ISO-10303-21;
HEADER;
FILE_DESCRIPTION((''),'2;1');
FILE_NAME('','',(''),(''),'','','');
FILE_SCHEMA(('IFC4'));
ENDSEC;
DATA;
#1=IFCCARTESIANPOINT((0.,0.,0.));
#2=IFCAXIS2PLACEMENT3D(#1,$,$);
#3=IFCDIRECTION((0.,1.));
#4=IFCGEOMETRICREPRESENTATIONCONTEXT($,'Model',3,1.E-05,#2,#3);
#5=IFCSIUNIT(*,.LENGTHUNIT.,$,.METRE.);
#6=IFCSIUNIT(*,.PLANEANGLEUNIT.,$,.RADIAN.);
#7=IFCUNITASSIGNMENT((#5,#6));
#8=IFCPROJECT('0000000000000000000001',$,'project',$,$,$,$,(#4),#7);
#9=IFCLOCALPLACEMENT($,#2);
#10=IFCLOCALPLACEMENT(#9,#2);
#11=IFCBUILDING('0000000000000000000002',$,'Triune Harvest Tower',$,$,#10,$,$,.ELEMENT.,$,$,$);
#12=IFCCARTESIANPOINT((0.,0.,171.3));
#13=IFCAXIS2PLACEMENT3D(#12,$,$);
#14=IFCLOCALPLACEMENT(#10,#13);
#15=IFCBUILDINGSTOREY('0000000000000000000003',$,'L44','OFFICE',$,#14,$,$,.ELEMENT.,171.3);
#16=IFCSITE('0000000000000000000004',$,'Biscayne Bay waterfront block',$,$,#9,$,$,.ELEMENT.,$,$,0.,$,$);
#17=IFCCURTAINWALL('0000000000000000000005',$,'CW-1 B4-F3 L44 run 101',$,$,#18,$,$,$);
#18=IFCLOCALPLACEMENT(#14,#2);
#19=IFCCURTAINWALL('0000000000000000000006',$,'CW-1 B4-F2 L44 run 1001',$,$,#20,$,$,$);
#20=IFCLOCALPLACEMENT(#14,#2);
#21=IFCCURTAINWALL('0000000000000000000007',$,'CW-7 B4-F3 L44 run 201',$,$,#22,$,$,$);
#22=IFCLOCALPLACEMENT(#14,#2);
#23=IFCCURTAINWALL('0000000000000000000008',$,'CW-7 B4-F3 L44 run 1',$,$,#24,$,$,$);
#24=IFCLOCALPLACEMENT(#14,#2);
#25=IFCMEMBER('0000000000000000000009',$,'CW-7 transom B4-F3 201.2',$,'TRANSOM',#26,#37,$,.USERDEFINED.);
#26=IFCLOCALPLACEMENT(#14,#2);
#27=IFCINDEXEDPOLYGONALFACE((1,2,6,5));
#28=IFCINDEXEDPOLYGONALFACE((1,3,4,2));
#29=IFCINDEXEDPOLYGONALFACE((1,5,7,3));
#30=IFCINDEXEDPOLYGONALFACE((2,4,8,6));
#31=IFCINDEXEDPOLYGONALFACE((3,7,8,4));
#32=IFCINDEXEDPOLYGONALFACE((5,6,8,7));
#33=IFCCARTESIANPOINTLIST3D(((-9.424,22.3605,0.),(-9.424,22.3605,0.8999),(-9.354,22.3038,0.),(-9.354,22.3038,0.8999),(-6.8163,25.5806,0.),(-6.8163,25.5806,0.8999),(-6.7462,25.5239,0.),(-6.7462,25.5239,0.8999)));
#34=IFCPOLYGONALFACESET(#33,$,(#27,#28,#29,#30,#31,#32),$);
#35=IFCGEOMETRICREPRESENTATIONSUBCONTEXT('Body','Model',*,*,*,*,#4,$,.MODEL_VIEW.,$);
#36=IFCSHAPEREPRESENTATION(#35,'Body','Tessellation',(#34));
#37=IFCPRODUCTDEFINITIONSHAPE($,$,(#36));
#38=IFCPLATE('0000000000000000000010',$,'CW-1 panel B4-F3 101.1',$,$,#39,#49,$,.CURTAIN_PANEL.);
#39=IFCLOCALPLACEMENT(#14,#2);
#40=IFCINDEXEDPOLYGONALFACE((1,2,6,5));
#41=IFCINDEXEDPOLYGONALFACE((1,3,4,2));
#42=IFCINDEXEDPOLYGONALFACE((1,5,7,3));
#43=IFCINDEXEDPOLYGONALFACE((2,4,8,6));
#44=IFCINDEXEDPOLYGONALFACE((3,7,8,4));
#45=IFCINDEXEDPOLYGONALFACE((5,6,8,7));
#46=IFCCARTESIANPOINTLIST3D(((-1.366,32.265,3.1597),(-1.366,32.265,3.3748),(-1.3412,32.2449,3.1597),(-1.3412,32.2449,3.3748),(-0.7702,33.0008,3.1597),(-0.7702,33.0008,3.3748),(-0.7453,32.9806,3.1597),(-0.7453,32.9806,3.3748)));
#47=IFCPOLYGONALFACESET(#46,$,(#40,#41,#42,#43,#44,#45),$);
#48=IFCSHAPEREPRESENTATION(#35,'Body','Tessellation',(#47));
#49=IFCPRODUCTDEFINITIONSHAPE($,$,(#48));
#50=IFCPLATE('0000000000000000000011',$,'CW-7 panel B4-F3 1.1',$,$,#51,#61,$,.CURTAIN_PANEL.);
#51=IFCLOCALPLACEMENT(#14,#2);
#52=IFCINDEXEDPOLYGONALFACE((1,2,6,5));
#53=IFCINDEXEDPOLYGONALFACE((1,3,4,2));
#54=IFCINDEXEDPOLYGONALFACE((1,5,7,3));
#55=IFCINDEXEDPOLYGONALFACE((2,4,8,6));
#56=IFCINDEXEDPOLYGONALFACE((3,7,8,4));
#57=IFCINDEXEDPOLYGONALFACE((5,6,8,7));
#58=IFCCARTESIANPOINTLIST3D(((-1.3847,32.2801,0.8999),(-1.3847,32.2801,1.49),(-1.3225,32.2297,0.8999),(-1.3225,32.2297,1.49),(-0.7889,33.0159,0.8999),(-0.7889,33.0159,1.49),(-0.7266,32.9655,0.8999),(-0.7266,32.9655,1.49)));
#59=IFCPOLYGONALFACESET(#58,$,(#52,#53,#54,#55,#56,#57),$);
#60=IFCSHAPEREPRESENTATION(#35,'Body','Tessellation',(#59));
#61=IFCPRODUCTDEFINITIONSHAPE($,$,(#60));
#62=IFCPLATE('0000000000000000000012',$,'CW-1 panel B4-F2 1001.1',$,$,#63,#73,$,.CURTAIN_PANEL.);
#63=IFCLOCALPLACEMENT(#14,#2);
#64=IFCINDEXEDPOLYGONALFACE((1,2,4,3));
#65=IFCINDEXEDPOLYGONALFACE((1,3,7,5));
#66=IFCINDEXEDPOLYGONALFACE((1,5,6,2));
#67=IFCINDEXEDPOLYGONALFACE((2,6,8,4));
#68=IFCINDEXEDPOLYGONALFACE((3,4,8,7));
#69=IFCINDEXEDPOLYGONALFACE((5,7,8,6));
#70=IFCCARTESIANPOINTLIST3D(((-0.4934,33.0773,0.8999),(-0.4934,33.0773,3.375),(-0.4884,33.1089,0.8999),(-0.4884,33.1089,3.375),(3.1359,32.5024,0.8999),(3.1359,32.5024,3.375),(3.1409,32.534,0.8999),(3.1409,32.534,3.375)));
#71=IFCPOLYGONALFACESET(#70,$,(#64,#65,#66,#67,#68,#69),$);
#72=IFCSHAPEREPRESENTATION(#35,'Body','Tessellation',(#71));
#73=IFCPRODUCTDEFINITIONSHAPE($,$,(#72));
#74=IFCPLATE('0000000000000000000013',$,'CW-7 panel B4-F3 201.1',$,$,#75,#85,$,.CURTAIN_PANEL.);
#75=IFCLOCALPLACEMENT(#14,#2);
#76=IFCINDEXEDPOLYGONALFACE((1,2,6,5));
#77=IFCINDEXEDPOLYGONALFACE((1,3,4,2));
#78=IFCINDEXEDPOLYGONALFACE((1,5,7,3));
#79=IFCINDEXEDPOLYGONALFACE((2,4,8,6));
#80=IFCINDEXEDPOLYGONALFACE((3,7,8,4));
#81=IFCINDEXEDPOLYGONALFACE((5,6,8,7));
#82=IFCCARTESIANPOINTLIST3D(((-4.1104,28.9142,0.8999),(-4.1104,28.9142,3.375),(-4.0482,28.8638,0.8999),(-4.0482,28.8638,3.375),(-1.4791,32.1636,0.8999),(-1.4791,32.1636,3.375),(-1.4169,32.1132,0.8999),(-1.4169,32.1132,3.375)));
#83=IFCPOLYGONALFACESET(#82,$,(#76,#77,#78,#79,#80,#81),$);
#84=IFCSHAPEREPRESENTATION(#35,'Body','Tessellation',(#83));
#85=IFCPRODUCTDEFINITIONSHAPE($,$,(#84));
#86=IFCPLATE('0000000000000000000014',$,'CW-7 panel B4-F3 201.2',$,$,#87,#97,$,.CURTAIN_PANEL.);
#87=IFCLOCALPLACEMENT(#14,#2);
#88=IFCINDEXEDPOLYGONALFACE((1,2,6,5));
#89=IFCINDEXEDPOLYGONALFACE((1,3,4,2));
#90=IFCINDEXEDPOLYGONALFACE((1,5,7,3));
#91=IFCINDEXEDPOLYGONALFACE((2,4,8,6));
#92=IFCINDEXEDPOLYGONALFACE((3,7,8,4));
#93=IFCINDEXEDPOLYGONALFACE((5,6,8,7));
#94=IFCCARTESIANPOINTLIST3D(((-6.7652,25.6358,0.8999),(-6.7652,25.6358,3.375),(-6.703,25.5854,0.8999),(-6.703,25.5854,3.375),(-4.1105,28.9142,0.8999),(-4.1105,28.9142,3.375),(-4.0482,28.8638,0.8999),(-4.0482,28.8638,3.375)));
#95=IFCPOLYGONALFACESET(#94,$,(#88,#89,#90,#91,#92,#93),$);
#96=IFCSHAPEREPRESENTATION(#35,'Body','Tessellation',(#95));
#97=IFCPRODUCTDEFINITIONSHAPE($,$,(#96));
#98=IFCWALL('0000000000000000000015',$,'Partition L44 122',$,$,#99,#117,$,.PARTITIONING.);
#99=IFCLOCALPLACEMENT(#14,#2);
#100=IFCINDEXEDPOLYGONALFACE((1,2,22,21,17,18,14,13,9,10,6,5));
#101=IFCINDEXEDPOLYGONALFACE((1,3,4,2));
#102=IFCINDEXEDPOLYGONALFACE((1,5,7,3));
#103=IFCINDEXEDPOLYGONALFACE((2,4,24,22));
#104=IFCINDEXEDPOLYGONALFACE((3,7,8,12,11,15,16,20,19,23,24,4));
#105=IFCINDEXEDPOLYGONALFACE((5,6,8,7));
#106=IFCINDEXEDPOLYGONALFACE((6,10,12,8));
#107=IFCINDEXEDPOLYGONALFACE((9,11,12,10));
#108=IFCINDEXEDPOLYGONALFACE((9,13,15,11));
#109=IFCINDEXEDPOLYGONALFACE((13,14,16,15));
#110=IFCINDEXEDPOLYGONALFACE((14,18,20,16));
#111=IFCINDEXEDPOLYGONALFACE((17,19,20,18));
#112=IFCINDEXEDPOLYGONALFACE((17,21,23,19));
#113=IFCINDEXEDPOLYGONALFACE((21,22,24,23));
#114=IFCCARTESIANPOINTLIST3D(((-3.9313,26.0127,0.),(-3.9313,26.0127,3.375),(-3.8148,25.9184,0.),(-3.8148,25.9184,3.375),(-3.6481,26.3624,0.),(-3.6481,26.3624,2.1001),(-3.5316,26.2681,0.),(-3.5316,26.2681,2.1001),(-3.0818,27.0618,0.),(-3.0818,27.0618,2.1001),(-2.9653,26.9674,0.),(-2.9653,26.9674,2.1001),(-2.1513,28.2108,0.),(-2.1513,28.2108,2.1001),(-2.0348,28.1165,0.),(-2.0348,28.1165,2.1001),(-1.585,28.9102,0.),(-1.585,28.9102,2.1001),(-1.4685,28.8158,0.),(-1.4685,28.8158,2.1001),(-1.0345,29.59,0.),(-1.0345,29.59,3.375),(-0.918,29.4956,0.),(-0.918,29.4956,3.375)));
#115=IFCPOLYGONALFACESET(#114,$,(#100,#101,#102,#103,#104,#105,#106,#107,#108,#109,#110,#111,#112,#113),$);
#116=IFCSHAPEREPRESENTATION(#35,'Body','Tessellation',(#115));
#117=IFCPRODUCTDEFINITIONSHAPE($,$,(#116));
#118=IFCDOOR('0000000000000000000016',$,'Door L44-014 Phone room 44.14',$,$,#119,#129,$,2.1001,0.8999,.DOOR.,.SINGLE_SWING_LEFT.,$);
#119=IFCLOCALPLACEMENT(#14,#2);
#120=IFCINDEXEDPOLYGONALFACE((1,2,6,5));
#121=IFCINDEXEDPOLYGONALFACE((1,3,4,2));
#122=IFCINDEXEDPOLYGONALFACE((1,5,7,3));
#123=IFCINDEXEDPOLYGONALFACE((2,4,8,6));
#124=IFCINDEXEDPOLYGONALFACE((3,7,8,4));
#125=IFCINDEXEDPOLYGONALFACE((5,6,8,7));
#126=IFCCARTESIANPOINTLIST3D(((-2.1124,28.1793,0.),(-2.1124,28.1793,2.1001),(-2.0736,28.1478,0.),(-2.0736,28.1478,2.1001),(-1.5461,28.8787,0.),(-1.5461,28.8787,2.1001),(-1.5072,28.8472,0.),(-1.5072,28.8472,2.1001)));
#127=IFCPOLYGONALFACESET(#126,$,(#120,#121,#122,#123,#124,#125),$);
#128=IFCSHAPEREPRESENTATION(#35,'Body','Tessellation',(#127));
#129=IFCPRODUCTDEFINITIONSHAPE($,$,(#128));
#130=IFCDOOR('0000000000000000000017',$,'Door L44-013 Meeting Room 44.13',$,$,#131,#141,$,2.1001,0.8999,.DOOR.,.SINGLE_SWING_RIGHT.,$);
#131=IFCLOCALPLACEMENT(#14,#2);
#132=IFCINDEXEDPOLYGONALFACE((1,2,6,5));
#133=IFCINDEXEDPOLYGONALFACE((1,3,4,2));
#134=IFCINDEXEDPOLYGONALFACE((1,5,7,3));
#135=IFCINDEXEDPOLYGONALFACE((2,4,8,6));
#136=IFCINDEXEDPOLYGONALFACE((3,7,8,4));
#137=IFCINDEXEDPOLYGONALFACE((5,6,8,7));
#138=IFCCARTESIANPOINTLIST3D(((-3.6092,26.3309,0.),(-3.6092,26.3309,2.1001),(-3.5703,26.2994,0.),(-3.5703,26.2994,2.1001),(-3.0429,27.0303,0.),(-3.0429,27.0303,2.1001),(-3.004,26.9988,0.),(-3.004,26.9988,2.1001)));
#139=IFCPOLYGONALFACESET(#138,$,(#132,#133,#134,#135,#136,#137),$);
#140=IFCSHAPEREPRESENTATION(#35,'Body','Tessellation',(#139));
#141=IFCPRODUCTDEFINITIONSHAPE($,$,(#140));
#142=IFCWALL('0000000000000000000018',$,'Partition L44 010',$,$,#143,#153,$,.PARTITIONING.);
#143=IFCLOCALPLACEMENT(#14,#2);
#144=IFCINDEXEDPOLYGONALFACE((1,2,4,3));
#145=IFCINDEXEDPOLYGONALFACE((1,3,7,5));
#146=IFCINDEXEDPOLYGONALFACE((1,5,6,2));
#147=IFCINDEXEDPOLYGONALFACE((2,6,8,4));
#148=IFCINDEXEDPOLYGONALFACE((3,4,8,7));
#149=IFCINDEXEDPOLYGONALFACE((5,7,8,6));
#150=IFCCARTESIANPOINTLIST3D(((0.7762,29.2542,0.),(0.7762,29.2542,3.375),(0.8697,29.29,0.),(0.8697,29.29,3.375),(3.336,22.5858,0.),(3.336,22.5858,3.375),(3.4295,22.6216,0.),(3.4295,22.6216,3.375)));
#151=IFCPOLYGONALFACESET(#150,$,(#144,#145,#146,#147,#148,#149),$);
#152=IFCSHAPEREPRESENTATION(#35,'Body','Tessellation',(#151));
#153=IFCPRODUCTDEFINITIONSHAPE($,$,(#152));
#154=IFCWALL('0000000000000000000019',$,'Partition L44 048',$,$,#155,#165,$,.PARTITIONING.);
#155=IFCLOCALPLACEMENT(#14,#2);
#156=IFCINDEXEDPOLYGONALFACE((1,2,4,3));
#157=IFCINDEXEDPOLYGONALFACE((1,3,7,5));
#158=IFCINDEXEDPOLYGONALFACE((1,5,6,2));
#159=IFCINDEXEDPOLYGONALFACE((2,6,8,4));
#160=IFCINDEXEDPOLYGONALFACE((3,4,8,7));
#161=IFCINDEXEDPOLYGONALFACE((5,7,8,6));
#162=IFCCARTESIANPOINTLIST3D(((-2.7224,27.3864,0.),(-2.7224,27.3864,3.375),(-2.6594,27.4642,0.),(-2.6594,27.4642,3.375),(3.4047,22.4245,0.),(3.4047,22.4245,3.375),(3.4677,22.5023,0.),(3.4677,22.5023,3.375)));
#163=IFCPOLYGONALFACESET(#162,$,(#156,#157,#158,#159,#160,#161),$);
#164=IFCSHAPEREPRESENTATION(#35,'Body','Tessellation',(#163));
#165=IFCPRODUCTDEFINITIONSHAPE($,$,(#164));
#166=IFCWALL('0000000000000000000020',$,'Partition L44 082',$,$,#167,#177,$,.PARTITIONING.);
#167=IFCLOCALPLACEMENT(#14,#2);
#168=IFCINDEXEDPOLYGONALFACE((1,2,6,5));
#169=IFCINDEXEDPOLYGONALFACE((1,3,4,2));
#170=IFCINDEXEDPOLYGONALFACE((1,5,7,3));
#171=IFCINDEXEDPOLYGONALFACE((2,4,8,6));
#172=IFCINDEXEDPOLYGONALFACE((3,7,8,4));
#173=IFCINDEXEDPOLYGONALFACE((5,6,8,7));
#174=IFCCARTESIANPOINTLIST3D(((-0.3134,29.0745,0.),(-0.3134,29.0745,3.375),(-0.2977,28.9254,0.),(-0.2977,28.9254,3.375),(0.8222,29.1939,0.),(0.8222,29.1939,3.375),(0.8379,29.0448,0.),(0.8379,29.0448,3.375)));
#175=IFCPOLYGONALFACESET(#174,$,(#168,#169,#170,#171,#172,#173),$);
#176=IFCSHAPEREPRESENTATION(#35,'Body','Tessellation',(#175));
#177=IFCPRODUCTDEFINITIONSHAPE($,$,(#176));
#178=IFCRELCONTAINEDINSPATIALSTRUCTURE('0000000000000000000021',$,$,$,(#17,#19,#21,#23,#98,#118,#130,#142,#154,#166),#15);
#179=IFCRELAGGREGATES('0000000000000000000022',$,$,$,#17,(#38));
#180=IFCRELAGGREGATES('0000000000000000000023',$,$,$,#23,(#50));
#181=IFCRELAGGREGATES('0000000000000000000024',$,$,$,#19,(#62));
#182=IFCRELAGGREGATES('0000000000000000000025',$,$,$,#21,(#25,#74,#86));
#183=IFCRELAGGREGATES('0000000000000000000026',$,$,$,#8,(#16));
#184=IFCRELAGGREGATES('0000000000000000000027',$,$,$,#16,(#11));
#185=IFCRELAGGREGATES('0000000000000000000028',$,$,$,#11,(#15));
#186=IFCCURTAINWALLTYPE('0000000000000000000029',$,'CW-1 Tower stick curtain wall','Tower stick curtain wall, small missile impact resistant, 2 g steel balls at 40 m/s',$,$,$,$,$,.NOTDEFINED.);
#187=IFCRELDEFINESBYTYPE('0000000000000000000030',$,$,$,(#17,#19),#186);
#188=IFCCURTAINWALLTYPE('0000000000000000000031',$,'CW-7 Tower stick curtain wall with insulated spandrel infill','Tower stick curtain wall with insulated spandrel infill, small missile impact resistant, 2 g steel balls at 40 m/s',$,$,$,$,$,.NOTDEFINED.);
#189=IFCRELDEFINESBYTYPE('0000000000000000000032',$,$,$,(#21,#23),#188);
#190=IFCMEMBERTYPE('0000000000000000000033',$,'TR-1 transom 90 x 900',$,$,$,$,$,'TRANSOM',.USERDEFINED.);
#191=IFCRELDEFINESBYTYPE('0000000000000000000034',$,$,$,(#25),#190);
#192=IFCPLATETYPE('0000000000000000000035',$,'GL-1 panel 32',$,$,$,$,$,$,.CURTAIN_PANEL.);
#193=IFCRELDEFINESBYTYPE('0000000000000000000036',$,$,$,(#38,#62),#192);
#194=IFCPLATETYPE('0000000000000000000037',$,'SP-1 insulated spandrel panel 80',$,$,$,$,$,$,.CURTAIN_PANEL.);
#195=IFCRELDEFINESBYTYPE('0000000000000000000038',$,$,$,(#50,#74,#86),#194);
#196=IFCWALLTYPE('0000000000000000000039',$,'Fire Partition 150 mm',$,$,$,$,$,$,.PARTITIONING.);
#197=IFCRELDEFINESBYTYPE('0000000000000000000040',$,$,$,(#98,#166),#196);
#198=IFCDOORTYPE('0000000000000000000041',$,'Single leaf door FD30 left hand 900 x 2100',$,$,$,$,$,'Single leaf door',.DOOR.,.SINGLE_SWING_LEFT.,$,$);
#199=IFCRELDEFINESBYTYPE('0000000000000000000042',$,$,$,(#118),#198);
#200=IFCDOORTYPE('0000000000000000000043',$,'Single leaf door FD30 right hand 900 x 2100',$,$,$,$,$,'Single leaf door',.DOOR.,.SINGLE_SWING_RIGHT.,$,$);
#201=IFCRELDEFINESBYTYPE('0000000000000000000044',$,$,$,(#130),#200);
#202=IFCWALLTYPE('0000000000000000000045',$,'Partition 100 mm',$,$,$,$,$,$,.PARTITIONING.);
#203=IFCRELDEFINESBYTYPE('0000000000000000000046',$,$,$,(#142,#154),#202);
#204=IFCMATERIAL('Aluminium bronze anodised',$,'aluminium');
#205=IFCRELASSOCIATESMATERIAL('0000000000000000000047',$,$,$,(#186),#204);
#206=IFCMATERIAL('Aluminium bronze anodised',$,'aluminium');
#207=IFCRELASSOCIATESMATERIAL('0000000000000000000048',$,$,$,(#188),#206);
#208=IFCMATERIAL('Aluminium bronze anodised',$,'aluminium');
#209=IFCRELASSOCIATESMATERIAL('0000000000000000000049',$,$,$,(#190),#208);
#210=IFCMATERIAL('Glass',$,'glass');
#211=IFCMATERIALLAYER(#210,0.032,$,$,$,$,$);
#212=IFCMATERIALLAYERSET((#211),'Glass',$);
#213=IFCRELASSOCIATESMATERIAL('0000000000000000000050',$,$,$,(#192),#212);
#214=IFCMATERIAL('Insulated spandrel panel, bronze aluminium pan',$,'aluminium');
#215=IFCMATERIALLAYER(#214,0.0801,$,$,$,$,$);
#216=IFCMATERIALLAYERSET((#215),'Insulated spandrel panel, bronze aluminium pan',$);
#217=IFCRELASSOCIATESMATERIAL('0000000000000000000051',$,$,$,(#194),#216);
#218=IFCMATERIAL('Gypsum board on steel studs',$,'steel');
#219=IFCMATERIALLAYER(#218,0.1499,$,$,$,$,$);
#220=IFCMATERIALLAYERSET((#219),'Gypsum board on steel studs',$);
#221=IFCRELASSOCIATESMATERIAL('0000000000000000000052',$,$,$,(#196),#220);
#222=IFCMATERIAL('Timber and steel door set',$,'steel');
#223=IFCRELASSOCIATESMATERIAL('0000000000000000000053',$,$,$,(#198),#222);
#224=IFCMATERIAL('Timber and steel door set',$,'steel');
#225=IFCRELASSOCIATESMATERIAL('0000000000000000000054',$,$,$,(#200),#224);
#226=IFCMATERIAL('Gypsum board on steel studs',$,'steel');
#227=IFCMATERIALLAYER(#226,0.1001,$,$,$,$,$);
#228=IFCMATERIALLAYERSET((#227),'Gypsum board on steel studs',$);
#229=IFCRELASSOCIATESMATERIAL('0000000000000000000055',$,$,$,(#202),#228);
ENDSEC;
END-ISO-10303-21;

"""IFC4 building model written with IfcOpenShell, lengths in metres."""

from ifc_helpers import new_model, si_unit, direction, frame, frame_2d, origin, origin_2d, place, context, subcontext, project, spatial, rectangle, extrude, source, transform, mapped, material, layer, layer_set, material_profile, profile_set, type_object, element, fill, aggregate, save


model = new_model("IFC4")

# Units and contexts
model_context = context("Model", 3, precision=1e-05, world=origin(), true_north=direction((0.0, 1.0)))
body_context = subcontext(model_context, "Body", "Model", "MODEL_VIEW")
ifc_project = project(units=[si_unit("LENGTHUNIT", "METRE"), si_unit("PLANEANGLEUNIT", "RADIAN")], contexts=[model_context])

# Site, building, storey
site_placement = place(None, origin())
site = spatial("IfcSite", under=ifc_project, at=site_placement, Name="Biscayne Bay waterfront block", CompositionType="ELEMENT", RefElevation=0.0)
building_placement = place(site_placement, origin())
building = spatial("IfcBuilding", under=site, at=building_placement, Name="Triune Harvest Tower", CompositionType="ELEMENT")
storey_placement = place(building_placement, frame((0.0, 0.0, 171.3)))
storey = spatial("IfcBuildingStorey", under=building, at=storey_placement, Name="L44", Description="OFFICE", CompositionType="ELEMENT", Elevation=171.3)

# Curtain wall
ifc_material_1 = material(Name="Aluminium bronze anodised", Category="aluminium")
curtain_wall_type_1 = type_object("IfcCurtainWallType", Name="CW-1 Tower stick curtain wall", Description="Tower stick curtain wall, small missile impact resistant, 2 g steel balls at 40 m/s", PredefinedType="NOTDEFINED", material=ifc_material_1)
curtain_wall_1_placement = place(storey_placement, origin())
curtain_wall_1 = element("IfcCurtainWall", 1, at=curtain_wall_1_placement, inside=storey, type_object=curtain_wall_type_1, Name="CW-1 B4-F3 L44 run 101")

# Curtain wall
curtain_wall_2_placement = place(storey_placement, origin())
curtain_wall_2 = element("IfcCurtainWall", 2, at=curtain_wall_2_placement, inside=storey, type_object=curtain_wall_type_1, Name="CW-1 B4-F2 L44 run 1001")

# Curtain walls
ifc_material_2 = material(Name="Aluminium bronze anodised", Category="aluminium")
curtain_wall_type_2 = type_object("IfcCurtainWallType", Name="CW-7 Tower stick curtain wall with insulated spandrel infill", Description="Tower stick curtain wall with insulated spandrel infill, small missile impact resistant, 2 g steel balls at 40 m/s", PredefinedType="NOTDEFINED", material=ifc_material_2)
curtain_wall_3_placement = place(storey_placement, origin())
curtain_wall_3 = element("IfcCurtainWall", 3, at=curtain_wall_3_placement, inside=storey, type_object=curtain_wall_type_2, Name="CW-7 B4-F3 L44 run 201")
curtain_wall_4_placement = place(storey_placement, origin())
curtain_wall_4 = element("IfcCurtainWall", 4, at=curtain_wall_4_placement, inside=storey, type_object=curtain_wall_type_2, Name="CW-7 B4-F3 L44 run 1")
ifc_material_3 = material(Name="Aluminium bronze anodised", Category="aluminium")
ifc_material_profile_1 = material_profile(ifc_material_3, rectangle(XDim=0.0901, YDim=0.8999, at=origin_2d()), Name="TR-1 transom 90 x 900")
ifc_profile_set_1 = profile_set([ifc_material_profile_1], Name="Aluminium bronze anodised")
member_type_1 = type_object("IfcMemberType", Name="TR-1 transom 90 x 900", ElementType="TRANSOM", PredefinedType="USERDEFINED", material=ifc_profile_set_1)

# Member
shared_shape_1 = source(origin(), body_context, "Body", "SweptSolid", [
    extrude(rectangle(XDim=0.0901, YDim=0.8999, at=origin_2d()), origin(), (0.0, 0.0, 1.0), 4.1436),
])
member_1_placement = place(storey_placement, frame((-6.7812, 25.5522, 0.45), z_axis=(-0.629347, -0.777124, 0.0), x_axis=(0.777124, -0.629347, 0.0)))
member_1 = element("IfcMember", 5, at=member_1_placement, type_object=member_type_1, Name="CW-7 transom B4-F3 201.2", ObjectType="TRANSOM", PredefinedType="USERDEFINED", context=body_context, shape_type="MappedRepresentation", body=[
    mapped(shared_shape_1, transform((0.0, 0.0, 0.0), scale=1.0)),
])

# Plates
ifc_material_4 = material(Name="Glass", Category="glass")
ifc_layer_1 = layer(ifc_material_4, 0.032)
ifc_layer_set_1 = layer_set([ifc_layer_1], Name="Glass")
plate_type_1 = type_object("IfcPlateType", Name="GL-1 panel 32", PredefinedType="CURTAIN_PANEL", material=ifc_layer_set_1)
plate_1_placement = place(storey_placement, frame((-1.0557, 32.6228, 3.1597), z_axis=(0.0, 0.0, 1.0), x_axis=(-0.629342, -0.777128, 0.0)))
plate_1 = element("IfcPlate", 6, at=plate_1_placement, type_object=plate_type_1, Name="CW-1 panel B4-F3 101.1", PredefinedType="CURTAIN_PANEL", context=body_context, shape_type="SweptSolid", body=[
    extrude(rectangle(XDim=0.9468, YDim=0.032, at=origin_2d()), origin(), (0.0, 0.0, 1.0), 0.2151),
])
aggregate(curtain_wall_1, [plate_1])
ifc_material_5 = material(Name="Insulated spandrel panel, bronze aluminium pan", Category="aluminium")
ifc_layer_2 = layer(ifc_material_5, 0.0801)
ifc_layer_set_2 = layer_set([ifc_layer_2], Name="Insulated spandrel panel, bronze aluminium pan")
plate_type_2 = type_object("IfcPlateType", Name="SP-1 insulated spandrel panel 80", PredefinedType="CURTAIN_PANEL", material=ifc_layer_set_2)
plate_2_placement = place(storey_placement, frame((-1.0557, 32.6228, 0.8999), z_axis=(0.0, 0.0, 1.0), x_axis=(-0.629342, -0.777128, 0.0)))
plate_2 = element("IfcPlate", 7, at=plate_2_placement, type_object=plate_type_2, Name="CW-7 panel B4-F3 1.1", PredefinedType="CURTAIN_PANEL", context=body_context, shape_type="SweptSolid", body=[
    extrude(rectangle(XDim=0.9468, YDim=0.0801, at=origin_2d()), origin(), (0.0, 0.0, 1.0), 0.5901),
])
aggregate(curtain_wall_4, [plate_2])
shared_shape_2 = source(origin(), body_context, "Body", "SweptSolid", [
    extrude(rectangle(XDim=3.6746, YDim=0.032, at=origin_2d()), origin(), (0.0, 0.0, 1.0), 2.4751),
])
plate_3_placement = place(storey_placement, frame((1.3237, 32.8057, 0.8999), z_axis=(0.0, 0.0, 1.0), x_axis=(-0.987687, 0.156444, 0.0)))
plate_3 = element("IfcPlate", 8, at=plate_3_placement, type_object=plate_type_1, Name="CW-1 panel B4-F2 1001.1", PredefinedType="CURTAIN_PANEL", context=body_context, shape_type="MappedRepresentation", body=[
    mapped(shared_shape_2, transform((0.0, 0.0, 0.0), scale=1.0)),
])
aggregate(curtain_wall_2, [plate_3])
shared_shape_3 = source(origin(), body_context, "Body", "SweptSolid", [
    extrude(rectangle(XDim=4.1812, YDim=0.0801, at=origin_2d()), origin(), (0.0, 0.0, 1.0), 2.4751),
])
plate_4_placement = place(storey_placement, frame((-2.7637, 30.5137, 0.8999), z_axis=(0.0, 0.0, 1.0), x_axis=(-0.629319, -0.777147, 0.0)))
plate_4 = element("IfcPlate", 9, at=plate_4_placement, type_object=plate_type_2, Name="CW-7 panel B4-F3 201.1", PredefinedType="CURTAIN_PANEL", context=body_context, shape_type="MappedRepresentation", body=[
    mapped(shared_shape_3, transform((0.0, 0.0, 0.0), scale=1.0)),
])
shared_shape_4 = source(origin(), body_context, "Body", "SweptSolid", [
    extrude(rectangle(XDim=4.2185, YDim=0.0801, at=origin_2d()), origin(), (0.0, 0.0, 1.0), 2.4751),
])
plate_5_placement = place(storey_placement, frame((-5.4067, 27.2498, 0.8999), z_axis=(0.0, 0.0, 1.0), x_axis=(-0.629319, -0.777147, 0.0)))
plate_5 = element("IfcPlate", 10, at=plate_5_placement, type_object=plate_type_2, Name="CW-7 panel B4-F3 201.2", PredefinedType="CURTAIN_PANEL", context=body_context, shape_type="MappedRepresentation", body=[
    mapped(shared_shape_4, transform((0.0, 0.0, 0.0), scale=1.0)),
])
aggregate(curtain_wall_3, [member_1, plate_4, plate_5])

# Wall, openings, doors
ifc_material_6 = material(Name="Gypsum board on steel studs", Category="steel")
ifc_layer_3 = layer(ifc_material_6, 0.1499)
ifc_layer_set_3 = layer_set([ifc_layer_3], Name="Gypsum board on steel studs")
wall_type_1 = type_object("IfcWallType", Name="Fire Partition 150 mm", PredefinedType="PARTITIONING", material=ifc_layer_set_3)
wall_1_placement = place(storey_placement, frame((-3.873, 25.9656, 0.0), z_axis=(0.0, 0.0, 1.0), x_axis=(0.629322, 0.777145, 0.0)))
wall_1 = element("IfcWall", 11, at=wall_1_placement, inside=storey, type_object=wall_type_1, Name="Partition L44 122", PredefinedType="PARTITIONING", context=body_context, shape_type="SweptSolid", body=[
    extrude(rectangle(XDim=4.603, YDim=0.1499, at=frame_2d((2.3015, 0.0))), origin(), (0.0, 0.0, 1.0), 3.375),
])
opening_1_placement = place(wall_1_placement, frame((0.45, 0.0, 0.0)))
opening_1 = element("IfcOpeningElement", 12, at=opening_1_placement, cuts=wall_1, PredefinedType="OPENING", context=body_context, shape_type="SweptSolid", body=[
    extrude(rectangle(XDim=0.8999, YDim=2.1001, at=frame_2d((0.45, 1.05))), frame((0.0, 0.085, 0.0), z_axis=(0.0, -1.0, 0.0), x_axis=(1.0, 0.0, 0.0)), (0.0, 0.0, 1.0), 0.1699),
])
opening_2_placement = place(wall_1_placement, frame((2.8284, 0.0, 0.0)))
opening_2 = element("IfcOpeningElement", 13, at=opening_2_placement, cuts=wall_1, PredefinedType="OPENING", context=body_context, shape_type="SweptSolid", body=[
    extrude(rectangle(XDim=0.8999, YDim=2.1001, at=frame_2d((0.45, 1.05))), frame((0.0, 0.085, 0.0), z_axis=(0.0, -1.0, 0.0), x_axis=(1.0, 0.0, 0.0)), (0.0, 0.0, 1.0), 0.1699),
])
ifc_material_7 = material(Name="Timber and steel door set", Category="steel")
door_type_1 = type_object("IfcDoorType", Name="Single leaf door FD30 left hand 900 x 2100", ElementType="Single leaf door", OperationType="SINGLE_SWING_LEFT", PredefinedType="DOOR", material=ifc_material_7)
door_1_placement = place(opening_2_placement, origin())
door_1 = element("IfcDoor", 14, at=door_1_placement, inside=storey, type_object=door_type_1, Name="Door L44-014 Phone room 44.14", OperationType="SINGLE_SWING_LEFT", OverallHeight=2.1001, OverallWidth=0.8999, PredefinedType="DOOR", context=body_context, shape_type="SweptSolid", body=[
    extrude(rectangle(XDim=0.8999, YDim=2.1001, at=frame_2d((0.45, 1.05))), frame((0.0, 0.0249, 0.0), z_axis=(0.0, -1.0, 0.0), x_axis=(1.0, 0.0, 0.0)), (0.0, 0.0, 1.0), 0.05),
])
fill(opening_2, door_1)
ifc_material_8 = material(Name="Timber and steel door set", Category="steel")
door_type_2 = type_object("IfcDoorType", Name="Single leaf door FD30 right hand 900 x 2100", ElementType="Single leaf door", OperationType="SINGLE_SWING_RIGHT", PredefinedType="DOOR", material=ifc_material_8)
door_2_placement = place(opening_1_placement, origin())
door_2 = element("IfcDoor", 15, at=door_2_placement, inside=storey, type_object=door_type_2, Name="Door L44-013 Meeting Room 44.13", OperationType="SINGLE_SWING_RIGHT", OverallHeight=2.1001, OverallWidth=0.8999, PredefinedType="DOOR", context=body_context, shape_type="SweptSolid", body=[
    extrude(rectangle(XDim=0.8999, YDim=2.1001, at=frame_2d((0.45, 1.05))), frame((0.0, 0.0249, 0.0), z_axis=(0.0, -1.0, 0.0), x_axis=(1.0, 0.0, 0.0)), (0.0, 0.0, 1.0), 0.05),
])
fill(opening_1, door_2)

# Walls
ifc_material_9 = material(Name="Gypsum board on steel studs", Category="steel")
ifc_layer_4 = layer(ifc_material_9, 0.1001)
ifc_layer_set_4 = layer_set([ifc_layer_4], Name="Gypsum board on steel studs")
wall_type_2 = type_object("IfcWallType", Name="Partition 100 mm", PredefinedType="PARTITIONING", material=ifc_layer_set_4)
wall_2_placement = place(storey_placement, frame((0.823, 29.272, 0.0), z_axis=(0.0, 0.0, 1.0), x_axis=(0.358372, -0.933579, 0.0)))
element("IfcWall", 16, at=wall_2_placement, inside=storey, type_object=wall_type_2, Name="Partition L44 010", PredefinedType="PARTITIONING", context=body_context, shape_type="SweptSolid", body=[
    extrude(rectangle(XDim=7.1428, YDim=0.1001, at=frame_2d((3.5713, 0.0))), origin(), (0.0, 0.0, 1.0), 3.375),
])
wall_3_placement = place(storey_placement, frame((-2.6909, 27.4253, 0.0), z_axis=(0.0, 0.0, 1.0), x_axis=(0.777133, -0.629336, 0.0)))
element("IfcWall", 17, at=wall_3_placement, inside=storey, type_object=wall_type_2, Name="Partition L44 048", PredefinedType="PARTITIONING", context=body_context, shape_type="SweptSolid", body=[
    extrude(rectangle(XDim=7.8843, YDim=0.1001, at=frame_2d((3.9421, 0.0))), origin(), (0.0, 0.0, 1.0), 3.375),
])
shared_shape_5 = source(origin(), body_context, "Body", "SweptSolid", [
    extrude(rectangle(XDim=1.1418, YDim=0.1499, at=frame_2d((0.5708, 0.0))), origin(), (0.0, 0.0, 1.0), 3.375),
])
wall_4_placement = place(storey_placement, frame((-0.3054, 29.0, 0.0), z_axis=(0.0, 0.0, 1.0), x_axis=(0.994518, 0.104562, 0.0)))
element("IfcWall", 18, at=wall_4_placement, inside=storey, type_object=wall_type_1, Name="Partition L44 082", PredefinedType="PARTITIONING", context=body_context, shape_type="MappedRepresentation", body=[
    mapped(shared_shape_5, transform((0.0, 0.0, 0.0), scale=1.0)),
])

save(model, "model.ifc")
